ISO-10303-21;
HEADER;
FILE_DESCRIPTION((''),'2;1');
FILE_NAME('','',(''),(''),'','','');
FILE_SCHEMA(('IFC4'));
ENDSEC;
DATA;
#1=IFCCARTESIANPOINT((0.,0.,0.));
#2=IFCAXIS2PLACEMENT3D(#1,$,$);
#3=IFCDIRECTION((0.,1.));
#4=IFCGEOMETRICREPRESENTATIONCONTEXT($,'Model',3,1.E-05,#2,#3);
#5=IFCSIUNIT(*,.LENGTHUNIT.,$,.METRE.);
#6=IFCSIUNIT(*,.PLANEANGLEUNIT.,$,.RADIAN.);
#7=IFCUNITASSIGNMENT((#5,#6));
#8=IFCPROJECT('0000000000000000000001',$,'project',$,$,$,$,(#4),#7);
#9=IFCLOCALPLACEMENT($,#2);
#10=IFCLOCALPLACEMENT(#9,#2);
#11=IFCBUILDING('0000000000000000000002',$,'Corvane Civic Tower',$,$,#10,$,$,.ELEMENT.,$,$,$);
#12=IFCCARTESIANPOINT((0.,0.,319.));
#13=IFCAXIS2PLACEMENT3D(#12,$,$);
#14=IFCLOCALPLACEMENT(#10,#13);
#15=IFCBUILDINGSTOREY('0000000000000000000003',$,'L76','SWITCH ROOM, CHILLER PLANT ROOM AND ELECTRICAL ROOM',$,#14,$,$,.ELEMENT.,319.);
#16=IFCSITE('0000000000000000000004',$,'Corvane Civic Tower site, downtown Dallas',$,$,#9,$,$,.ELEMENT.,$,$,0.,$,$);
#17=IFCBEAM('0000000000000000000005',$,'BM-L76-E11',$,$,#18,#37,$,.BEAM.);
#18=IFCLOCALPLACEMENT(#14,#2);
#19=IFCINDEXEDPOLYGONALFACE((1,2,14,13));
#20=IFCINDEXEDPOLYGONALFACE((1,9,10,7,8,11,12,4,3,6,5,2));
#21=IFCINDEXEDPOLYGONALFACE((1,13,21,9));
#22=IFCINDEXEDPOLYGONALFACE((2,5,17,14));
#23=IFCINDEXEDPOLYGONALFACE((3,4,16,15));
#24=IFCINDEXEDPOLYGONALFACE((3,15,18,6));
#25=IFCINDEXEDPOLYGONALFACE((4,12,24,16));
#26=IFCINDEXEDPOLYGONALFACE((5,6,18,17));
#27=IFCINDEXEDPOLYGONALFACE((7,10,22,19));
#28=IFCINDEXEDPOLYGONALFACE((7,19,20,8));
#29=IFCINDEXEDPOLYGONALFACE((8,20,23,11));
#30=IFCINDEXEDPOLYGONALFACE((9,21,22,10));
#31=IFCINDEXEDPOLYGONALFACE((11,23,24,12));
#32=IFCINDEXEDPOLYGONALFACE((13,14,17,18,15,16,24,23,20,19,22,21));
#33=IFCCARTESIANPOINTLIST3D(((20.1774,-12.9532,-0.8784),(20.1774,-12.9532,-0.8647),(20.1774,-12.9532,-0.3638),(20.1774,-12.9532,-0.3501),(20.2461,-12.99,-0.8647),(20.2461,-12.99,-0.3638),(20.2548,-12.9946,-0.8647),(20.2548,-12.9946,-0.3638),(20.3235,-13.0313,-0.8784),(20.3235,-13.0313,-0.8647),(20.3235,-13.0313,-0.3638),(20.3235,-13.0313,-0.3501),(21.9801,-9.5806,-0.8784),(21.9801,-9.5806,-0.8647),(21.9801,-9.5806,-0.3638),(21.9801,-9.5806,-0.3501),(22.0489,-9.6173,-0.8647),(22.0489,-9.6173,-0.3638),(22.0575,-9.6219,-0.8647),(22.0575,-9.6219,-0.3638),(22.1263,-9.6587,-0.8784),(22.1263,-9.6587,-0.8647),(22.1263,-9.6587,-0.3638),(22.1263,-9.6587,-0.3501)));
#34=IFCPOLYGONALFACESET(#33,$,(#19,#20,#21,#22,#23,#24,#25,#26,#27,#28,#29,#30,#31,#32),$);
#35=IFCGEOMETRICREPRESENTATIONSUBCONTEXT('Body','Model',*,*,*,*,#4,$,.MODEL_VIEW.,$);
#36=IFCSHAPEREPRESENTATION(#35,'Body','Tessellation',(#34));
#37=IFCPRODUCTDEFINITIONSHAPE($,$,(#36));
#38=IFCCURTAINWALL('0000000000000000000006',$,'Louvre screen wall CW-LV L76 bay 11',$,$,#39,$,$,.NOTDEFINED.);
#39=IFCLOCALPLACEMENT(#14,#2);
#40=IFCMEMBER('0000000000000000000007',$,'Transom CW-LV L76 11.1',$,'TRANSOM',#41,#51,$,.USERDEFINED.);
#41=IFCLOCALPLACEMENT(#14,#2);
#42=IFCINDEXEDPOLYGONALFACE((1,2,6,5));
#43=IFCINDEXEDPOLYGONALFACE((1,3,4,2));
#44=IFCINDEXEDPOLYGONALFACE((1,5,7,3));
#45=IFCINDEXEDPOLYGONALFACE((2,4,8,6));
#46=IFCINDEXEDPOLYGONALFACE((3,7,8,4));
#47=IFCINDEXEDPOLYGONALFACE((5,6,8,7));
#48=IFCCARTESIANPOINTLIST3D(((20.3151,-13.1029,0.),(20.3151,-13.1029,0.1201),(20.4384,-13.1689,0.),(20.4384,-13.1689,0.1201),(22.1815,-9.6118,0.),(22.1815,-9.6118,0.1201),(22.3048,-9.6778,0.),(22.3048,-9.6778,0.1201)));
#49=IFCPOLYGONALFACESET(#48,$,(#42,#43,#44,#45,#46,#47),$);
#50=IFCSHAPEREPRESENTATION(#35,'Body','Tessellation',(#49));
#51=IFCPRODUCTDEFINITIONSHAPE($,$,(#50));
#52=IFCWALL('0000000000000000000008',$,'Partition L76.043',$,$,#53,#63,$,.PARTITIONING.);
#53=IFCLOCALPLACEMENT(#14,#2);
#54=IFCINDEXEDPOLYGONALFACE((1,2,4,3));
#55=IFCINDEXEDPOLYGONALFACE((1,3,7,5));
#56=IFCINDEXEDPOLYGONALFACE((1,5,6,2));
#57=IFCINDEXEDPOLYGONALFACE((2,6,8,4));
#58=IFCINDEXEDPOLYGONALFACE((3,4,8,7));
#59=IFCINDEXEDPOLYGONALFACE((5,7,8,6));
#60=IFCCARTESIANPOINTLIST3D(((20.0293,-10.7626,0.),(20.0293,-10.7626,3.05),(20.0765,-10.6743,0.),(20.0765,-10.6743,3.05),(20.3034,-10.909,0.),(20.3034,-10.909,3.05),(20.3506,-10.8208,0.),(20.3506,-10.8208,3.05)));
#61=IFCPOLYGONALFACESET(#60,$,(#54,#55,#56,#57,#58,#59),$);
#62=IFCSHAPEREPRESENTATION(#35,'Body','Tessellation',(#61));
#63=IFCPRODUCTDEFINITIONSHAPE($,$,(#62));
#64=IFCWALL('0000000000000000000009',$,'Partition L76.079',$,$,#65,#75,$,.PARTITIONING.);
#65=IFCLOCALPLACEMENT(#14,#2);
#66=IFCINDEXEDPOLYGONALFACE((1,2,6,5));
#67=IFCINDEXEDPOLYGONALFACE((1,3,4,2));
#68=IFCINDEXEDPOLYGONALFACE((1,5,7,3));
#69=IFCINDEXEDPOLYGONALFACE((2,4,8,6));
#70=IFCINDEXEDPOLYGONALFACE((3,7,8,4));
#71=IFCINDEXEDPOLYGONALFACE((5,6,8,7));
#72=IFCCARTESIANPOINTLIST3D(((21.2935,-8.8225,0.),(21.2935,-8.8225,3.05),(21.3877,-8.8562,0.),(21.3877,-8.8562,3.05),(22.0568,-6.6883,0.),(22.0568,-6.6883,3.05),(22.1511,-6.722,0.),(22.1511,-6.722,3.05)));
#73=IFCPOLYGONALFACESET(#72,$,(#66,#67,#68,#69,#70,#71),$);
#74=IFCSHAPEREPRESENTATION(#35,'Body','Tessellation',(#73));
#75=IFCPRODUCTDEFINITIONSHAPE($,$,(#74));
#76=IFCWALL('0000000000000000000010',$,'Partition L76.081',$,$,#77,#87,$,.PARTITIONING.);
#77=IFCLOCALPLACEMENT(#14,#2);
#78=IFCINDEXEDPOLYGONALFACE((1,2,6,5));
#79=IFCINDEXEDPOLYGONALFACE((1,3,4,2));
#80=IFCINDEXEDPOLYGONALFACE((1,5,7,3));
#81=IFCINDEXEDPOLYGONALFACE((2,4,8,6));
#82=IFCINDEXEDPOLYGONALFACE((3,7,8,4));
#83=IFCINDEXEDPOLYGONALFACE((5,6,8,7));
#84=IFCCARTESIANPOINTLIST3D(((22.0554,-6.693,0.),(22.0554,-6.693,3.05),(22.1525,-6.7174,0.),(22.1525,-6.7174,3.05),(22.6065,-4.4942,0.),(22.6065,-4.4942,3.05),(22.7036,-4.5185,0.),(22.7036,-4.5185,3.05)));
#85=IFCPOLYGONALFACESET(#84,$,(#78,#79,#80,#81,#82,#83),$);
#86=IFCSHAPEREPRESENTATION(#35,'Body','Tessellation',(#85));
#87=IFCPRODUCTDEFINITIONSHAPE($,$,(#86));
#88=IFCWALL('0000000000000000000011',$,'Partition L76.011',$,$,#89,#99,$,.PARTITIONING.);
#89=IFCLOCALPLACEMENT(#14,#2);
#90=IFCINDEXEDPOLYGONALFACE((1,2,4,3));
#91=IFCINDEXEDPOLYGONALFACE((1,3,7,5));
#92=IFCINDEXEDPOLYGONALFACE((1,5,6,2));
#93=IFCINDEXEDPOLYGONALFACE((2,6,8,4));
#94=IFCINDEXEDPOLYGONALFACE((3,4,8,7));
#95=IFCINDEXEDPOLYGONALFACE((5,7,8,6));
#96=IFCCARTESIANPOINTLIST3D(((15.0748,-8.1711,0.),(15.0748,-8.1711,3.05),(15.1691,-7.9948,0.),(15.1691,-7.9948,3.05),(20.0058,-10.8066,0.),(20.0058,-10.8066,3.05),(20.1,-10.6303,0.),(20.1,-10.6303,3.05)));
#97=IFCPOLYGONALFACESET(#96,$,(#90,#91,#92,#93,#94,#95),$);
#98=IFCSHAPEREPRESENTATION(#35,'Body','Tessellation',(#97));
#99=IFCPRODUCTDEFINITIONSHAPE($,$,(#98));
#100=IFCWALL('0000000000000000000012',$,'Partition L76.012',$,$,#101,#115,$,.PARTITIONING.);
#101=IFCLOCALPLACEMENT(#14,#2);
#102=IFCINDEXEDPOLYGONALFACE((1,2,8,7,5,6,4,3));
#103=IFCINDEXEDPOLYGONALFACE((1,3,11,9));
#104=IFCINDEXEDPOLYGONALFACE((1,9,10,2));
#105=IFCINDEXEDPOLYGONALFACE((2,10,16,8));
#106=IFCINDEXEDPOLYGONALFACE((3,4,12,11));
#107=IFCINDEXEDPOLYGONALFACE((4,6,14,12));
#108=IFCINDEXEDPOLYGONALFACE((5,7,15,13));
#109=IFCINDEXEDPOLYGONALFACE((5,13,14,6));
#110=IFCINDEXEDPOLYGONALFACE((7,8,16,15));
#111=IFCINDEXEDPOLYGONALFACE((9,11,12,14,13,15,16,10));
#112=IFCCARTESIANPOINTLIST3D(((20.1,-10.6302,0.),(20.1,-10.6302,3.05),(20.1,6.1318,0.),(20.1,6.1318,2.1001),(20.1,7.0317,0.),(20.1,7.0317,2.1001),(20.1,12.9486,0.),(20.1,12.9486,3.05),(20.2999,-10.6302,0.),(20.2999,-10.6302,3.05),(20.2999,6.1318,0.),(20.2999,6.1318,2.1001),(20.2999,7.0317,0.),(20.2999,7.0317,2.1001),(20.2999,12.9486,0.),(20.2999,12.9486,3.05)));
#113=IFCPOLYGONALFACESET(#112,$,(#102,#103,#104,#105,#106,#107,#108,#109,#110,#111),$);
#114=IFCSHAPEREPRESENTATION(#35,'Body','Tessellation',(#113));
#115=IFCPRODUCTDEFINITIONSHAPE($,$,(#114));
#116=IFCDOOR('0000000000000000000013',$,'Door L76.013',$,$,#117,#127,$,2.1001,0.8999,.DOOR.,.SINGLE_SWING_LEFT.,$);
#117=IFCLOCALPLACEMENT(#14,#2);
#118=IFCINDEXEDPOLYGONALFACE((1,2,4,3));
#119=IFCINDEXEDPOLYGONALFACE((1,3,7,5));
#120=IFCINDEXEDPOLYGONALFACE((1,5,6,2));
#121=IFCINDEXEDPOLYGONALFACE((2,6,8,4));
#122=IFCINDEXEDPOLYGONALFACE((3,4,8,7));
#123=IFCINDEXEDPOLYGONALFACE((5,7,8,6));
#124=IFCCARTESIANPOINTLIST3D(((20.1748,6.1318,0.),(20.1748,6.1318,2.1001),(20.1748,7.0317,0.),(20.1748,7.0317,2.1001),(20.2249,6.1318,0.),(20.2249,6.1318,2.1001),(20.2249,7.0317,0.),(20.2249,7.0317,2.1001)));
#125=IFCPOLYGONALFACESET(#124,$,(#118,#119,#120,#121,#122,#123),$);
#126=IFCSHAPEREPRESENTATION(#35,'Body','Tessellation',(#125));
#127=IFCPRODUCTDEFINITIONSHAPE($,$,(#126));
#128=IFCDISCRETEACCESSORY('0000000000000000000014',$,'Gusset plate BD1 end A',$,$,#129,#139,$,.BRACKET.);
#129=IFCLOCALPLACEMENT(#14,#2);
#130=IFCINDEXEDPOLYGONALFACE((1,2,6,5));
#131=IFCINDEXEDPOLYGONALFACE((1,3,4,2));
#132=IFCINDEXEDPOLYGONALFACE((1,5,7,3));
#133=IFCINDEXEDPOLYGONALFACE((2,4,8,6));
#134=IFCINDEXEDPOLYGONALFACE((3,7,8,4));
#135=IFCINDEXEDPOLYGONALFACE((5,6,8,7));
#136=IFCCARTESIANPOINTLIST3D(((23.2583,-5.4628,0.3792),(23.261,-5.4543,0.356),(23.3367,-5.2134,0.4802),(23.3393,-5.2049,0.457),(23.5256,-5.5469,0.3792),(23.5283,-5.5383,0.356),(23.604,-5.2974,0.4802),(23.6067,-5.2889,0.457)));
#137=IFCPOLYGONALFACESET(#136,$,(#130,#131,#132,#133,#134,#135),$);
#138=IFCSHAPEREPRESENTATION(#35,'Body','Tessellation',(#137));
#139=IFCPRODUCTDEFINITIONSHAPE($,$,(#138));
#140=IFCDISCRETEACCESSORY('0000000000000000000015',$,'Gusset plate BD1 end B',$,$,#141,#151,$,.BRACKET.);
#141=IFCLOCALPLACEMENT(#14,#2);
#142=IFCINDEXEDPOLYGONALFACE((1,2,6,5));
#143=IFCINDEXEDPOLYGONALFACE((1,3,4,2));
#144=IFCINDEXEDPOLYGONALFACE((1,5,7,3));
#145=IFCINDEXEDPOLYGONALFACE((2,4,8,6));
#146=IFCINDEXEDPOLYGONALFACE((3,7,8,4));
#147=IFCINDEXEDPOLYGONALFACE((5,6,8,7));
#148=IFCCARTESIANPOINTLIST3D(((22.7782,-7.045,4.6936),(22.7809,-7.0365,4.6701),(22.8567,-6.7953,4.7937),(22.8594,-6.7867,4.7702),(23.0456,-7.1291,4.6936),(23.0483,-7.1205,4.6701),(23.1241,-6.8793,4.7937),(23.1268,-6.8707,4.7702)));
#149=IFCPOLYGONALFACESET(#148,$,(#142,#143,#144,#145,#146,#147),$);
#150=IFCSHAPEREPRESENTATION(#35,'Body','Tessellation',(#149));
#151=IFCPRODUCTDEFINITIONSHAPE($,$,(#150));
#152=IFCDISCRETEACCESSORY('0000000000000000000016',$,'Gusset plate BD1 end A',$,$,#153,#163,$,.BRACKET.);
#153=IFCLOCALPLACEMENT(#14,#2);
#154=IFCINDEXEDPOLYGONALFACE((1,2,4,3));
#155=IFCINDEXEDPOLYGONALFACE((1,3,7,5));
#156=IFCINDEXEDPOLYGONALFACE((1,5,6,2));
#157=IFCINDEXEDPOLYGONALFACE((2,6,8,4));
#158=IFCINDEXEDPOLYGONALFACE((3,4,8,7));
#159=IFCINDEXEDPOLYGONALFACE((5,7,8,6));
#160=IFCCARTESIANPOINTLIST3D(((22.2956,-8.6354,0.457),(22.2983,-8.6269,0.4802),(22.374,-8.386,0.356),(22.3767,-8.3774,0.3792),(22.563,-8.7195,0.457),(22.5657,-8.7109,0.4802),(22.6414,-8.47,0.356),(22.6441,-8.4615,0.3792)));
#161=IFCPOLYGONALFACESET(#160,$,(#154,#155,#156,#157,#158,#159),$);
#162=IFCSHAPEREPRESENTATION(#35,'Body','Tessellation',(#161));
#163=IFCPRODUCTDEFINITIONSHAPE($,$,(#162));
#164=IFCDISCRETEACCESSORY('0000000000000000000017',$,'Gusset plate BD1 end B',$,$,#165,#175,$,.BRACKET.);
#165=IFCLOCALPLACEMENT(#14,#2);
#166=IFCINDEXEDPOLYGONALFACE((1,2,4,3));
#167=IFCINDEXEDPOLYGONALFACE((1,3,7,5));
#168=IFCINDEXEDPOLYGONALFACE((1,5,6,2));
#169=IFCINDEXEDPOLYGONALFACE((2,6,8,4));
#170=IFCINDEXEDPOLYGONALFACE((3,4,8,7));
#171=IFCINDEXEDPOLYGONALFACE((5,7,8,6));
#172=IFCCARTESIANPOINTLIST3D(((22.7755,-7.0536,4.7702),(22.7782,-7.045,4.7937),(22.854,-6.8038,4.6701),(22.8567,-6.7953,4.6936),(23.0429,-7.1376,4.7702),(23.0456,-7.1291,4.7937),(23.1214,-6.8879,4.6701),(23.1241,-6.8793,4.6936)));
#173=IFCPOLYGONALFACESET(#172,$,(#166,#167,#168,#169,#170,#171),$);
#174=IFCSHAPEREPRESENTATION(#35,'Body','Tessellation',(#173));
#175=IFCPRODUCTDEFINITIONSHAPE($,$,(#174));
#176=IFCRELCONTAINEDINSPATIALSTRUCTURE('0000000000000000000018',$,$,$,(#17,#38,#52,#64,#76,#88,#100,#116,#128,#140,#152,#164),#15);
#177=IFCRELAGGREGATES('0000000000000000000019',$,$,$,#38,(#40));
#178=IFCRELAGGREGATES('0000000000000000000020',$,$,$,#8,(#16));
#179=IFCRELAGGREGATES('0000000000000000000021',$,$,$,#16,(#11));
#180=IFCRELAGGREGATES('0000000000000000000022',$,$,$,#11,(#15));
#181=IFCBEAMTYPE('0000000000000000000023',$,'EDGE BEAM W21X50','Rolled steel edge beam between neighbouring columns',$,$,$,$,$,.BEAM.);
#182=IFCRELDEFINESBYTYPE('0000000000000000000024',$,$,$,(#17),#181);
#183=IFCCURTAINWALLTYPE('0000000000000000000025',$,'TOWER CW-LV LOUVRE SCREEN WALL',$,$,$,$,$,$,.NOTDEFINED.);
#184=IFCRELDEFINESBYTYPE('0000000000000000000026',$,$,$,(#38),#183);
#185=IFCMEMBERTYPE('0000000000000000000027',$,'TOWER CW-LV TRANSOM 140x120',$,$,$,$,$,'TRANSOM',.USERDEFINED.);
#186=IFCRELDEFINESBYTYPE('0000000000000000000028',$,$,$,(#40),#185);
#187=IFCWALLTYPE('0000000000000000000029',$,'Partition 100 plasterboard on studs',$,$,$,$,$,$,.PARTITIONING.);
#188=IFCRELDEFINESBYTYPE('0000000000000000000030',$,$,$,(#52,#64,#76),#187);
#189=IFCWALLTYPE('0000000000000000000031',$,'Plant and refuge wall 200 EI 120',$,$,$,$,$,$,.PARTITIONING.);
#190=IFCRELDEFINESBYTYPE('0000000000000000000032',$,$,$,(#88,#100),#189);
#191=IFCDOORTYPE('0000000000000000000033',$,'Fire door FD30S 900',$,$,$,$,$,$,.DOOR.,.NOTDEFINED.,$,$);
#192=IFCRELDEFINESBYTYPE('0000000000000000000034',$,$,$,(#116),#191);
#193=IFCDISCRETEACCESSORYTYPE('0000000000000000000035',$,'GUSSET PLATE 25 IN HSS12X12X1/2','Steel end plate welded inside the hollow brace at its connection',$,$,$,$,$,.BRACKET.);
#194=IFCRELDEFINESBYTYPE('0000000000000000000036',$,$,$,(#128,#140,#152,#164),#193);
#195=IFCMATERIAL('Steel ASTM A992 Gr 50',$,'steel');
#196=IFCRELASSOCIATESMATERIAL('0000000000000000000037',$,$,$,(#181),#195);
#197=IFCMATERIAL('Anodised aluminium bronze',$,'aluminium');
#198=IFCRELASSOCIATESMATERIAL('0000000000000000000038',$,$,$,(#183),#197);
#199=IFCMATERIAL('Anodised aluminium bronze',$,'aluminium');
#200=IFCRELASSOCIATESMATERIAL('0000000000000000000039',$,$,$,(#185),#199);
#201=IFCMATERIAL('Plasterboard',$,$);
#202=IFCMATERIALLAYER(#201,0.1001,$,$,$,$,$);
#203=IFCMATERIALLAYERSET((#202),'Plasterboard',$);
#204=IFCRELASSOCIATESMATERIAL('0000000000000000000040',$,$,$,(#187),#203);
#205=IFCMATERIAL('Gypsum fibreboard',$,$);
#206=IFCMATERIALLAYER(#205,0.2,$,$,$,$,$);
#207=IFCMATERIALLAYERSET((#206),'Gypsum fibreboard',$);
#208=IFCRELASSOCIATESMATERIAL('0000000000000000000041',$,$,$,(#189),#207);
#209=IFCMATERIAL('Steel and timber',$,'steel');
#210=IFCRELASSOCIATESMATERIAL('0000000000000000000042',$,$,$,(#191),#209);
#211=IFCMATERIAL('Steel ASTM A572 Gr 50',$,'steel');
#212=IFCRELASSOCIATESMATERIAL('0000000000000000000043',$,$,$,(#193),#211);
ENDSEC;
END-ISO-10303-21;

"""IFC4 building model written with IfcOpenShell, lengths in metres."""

from ifc_helpers import new_model, si_unit, direction, frame, frame_2d, origin, origin_2d, place, context, subcontext, project, spatial, rectangle, i_section, extrude, material, layer, layer_set, material_profile, profile_set, type_object, element, fill, aggregate, save


model = new_model("IFC4")

# Units and contexts
model_context = context("Model", 3, precision=1e-05, world=origin(), true_north=direction((0.0, 1.0)))
body_context = subcontext(model_context, "Body", "Model", "MODEL_VIEW")
ifc_project = project(units=[si_unit("LENGTHUNIT", "METRE"), si_unit("PLANEANGLEUNIT", "RADIAN")], contexts=[model_context])

# Site, building, storey
site_placement = place(None, origin())
site = spatial("IfcSite", under=ifc_project, at=site_placement, Name="Corvane Civic Tower site, downtown Dallas", CompositionType="ELEMENT", RefElevation=0.0)
building_placement = place(site_placement, origin())
building = spatial("IfcBuilding", under=site, at=building_placement, Name="Corvane Civic Tower", CompositionType="ELEMENT")
storey_placement = place(building_placement, frame((0.0, 0.0, 319.0)))
storey = spatial("IfcBuildingStorey", under=building, at=storey_placement, Name="L76", Description="SWITCH ROOM, CHILLER PLANT ROOM AND ELECTRICAL ROOM", CompositionType="ELEMENT", Elevation=319.0)

# Beam
ifc_material_1 = material(Name="Steel ASTM A992 Gr 50", Category="steel")
ifc_material_profile_1 = material_profile(ifc_material_1, i_section(OverallWidth=0.1658, OverallDepth=0.5283, WebThickness=0.0098, FlangeThickness=0.0137, at=origin_2d()), Name="W21X50")
ifc_profile_set_1 = profile_set([ifc_material_profile_1], Name="Steel ASTM A992 Gr 50")
beam_type = type_object("IfcBeamType", Name="EDGE BEAM W21X50", Description="Rolled steel edge beam between neighbouring columns", PredefinedType="BEAM", material=ifc_profile_set_1)
beam_placement = place(storey_placement, frame((22.0532, -9.6196, -0.6143), z_axis=(-0.47141, -0.881914, 0.0), x_axis=(0.881914, -0.47141, 0.0)))
element("IfcBeam", 1, at=beam_placement, inside=storey, type_object=beam_type, Name="BM-L76-E11", PredefinedType="BEAM", context=body_context, shape_type="SweptSolid", body=[
    extrude(i_section(OverallWidth=0.1658, OverallDepth=0.5283, WebThickness=0.0098, FlangeThickness=0.0137, at=origin_2d()), origin(), (0.0, 0.0, 1.0), 3.8242),
])

# Curtain wall, member
ifc_material_2 = material(Name="Anodised aluminium bronze", Category="aluminium")
curtain_wall_type = type_object("IfcCurtainWallType", Name="TOWER CW-LV LOUVRE SCREEN WALL", PredefinedType="NOTDEFINED", material=ifc_material_2)
curtain_wall_placement = place(storey_placement, origin())
curtain_wall = element("IfcCurtainWall", 2, at=curtain_wall_placement, inside=storey, type_object=curtain_wall_type, Name="Louvre screen wall CW-LV L76 bay 11", PredefinedType="NOTDEFINED")
ifc_material_3 = material(Name="Anodised aluminium bronze", Category="aluminium")
ifc_material_profile_2 = material_profile(ifc_material_3, rectangle(XDim=0.1399, YDim=0.1201, at=origin_2d()), Name="TOWER CW-LV TRANSOM 140x120")
ifc_profile_set_2 = profile_set([ifc_material_profile_2], Name="Anodised aluminium bronze")
member_type_1 = type_object("IfcMemberType", Name="TOWER CW-LV TRANSOM 140x120", ElementType="TRANSOM", PredefinedType="USERDEFINED", material=ifc_profile_set_2)
member_placement = place(storey_placement, frame((22.2432, -9.6448, 0.0601), z_axis=(-0.471468, -0.881883, 0.0), x_axis=(0.881883, -0.471468, 0.0)))
member = element("IfcMember", 3, at=member_placement, type_object=member_type_1, Name="Transom CW-LV L76 11.1", ObjectType="TRANSOM", PredefinedType="USERDEFINED", context=body_context, shape_type="SweptSolid", body=[
    extrude(rectangle(XDim=0.1399, YDim=0.1201, at=origin_2d()), origin(), (0.0, 0.0, 1.0), 3.9587),
])

# Walls
ifc_material_4 = material(Name="Plasterboard")
ifc_layer_1 = layer(ifc_material_4, 0.1001)
ifc_layer_set_1 = layer_set([ifc_layer_1], Name="Plasterboard")
wall_type_1 = type_object("IfcWallType", Name="Partition 100 plasterboard on studs", PredefinedType="PARTITIONING", material=ifc_layer_set_1)
wall_1_placement = place(storey_placement, frame((20.053, -10.7185, 0.0), z_axis=(0.0, 0.0, 1.0), x_axis=(0.882005, -0.47124, 0.0)))
element("IfcWall", 4, at=wall_1_placement, inside=storey, type_object=wall_type_1, Name="Partition L76.043", PredefinedType="PARTITIONING", context=body_context, shape_type="SweptSolid", body=[
    extrude(rectangle(XDim=0.3108, YDim=0.1001, at=frame_2d((0.1553, 0.0))), origin(), (0.0, 0.0, 1.0), 3.05),
])
wall_2_placement = place(storey_placement, frame((21.3406, -8.8394, 0.0), z_axis=(0.0, 0.0, 1.0), x_axis=(0.3368, 0.941576, 0.0)))
element("IfcWall", 5, at=wall_2_placement, inside=storey, type_object=wall_type_1, Name="Partition L76.079", PredefinedType="PARTITIONING", context=body_context, shape_type="SweptSolid", body=[
    extrude(rectangle(XDim=2.2666, YDim=0.1001, at=frame_2d((1.1333, 0.0))), origin(), (0.0, 0.0, 1.0), 3.05),
])
wall_3_placement = place(storey_placement, frame((22.104, -6.7051, 0.0), z_axis=(0.0, 0.0, 1.0), x_axis=(0.243093, 0.970003, 0.0)))
element("IfcWall", 6, at=wall_3_placement, inside=storey, type_object=wall_type_1, Name="Partition L76.081", PredefinedType="PARTITIONING", context=body_context, shape_type="SweptSolid", body=[
    extrude(rectangle(XDim=2.2668, YDim=0.1001, at=frame_2d((1.1333, 0.0))), origin(), (0.0, 0.0, 1.0), 3.05),
])
ifc_material_5 = material(Name="Gypsum fibreboard")
ifc_layer_2 = layer(ifc_material_5, 0.2)
ifc_layer_set_2 = layer_set([ifc_layer_2], Name="Gypsum fibreboard")
wall_type_2 = type_object("IfcWallType", Name="Plant and refuge wall 200 EI 120", PredefinedType="PARTITIONING", material=ifc_layer_set_2)
wall_4_placement = place(storey_placement, frame((15.1221, -8.083, 0.0), z_axis=(0.0, 0.0, 1.0), x_axis=(0.881931, -0.471379, 0.0)))
element("IfcWall", 7, at=wall_4_placement, inside=storey, type_object=wall_type_2, Name="Partition L76.011", PredefinedType="PARTITIONING", context=body_context, shape_type="SweptSolid", body=[
    extrude(rectangle(XDim=5.5911, YDim=0.2, at=frame_2d((2.7954, 0.0))), origin(), (0.0, 0.0, 1.0), 3.05),
])

# Wall, opening, door
wall_5_placement = place(storey_placement, frame((20.2, -10.6304, 0.0), z_axis=(0.0, 0.0, 1.0), x_axis=(0.0, 1.0, 0.0)))
wall_5 = element("IfcWall", 8, at=wall_5_placement, inside=storey, type_object=wall_type_2, Name="Partition L76.012", PredefinedType="PARTITIONING", context=body_context, shape_type="SweptSolid", body=[
    extrude(rectangle(XDim=23.5789, YDim=0.2, at=frame_2d((11.7896, 0.0))), origin(), (0.0, 0.0, 1.0), 3.05),
])
opening_placement = place(wall_5_placement, frame((16.7622, 0.0, 0.0)))
opening = element("IfcOpeningElement", 9, at=opening_placement, cuts=wall_5, PredefinedType="OPENING", context=body_context, shape_type="SweptSolid", body=[
    extrude(rectangle(XDim=0.8999, YDim=2.1001, at=frame_2d((0.45, 1.05))), frame((0.0, 0.1099, 0.0), z_axis=(0.0, -1.0, 0.0), x_axis=(1.0, 0.0, 0.0)), (0.0, 0.0, 1.0), 0.22),
])
ifc_material_6 = material(Name="Steel and timber", Category="steel")
door_type = type_object("IfcDoorType", Name="Fire door FD30S 900", OperationType="NOTDEFINED", PredefinedType="DOOR", material=ifc_material_6)
door_placement = place(opening_placement, frame((0.8999, 0.0, 0.0), z_axis=(0.0, 0.0, 1.0), x_axis=(-1.0, 0.0, 0.0)))
door = element("IfcDoor", 10, at=door_placement, inside=storey, type_object=door_type, Name="Door L76.013", OperationType="SINGLE_SWING_LEFT", OverallHeight=2.1001, OverallWidth=0.8999, PredefinedType="DOOR", context=body_context, shape_type="SweptSolid", body=[
    extrude(rectangle(XDim=0.8999, YDim=2.1001, at=frame_2d((0.45, 1.05))), frame((0.0, 0.0249, 0.0), z_axis=(0.0, -1.0, 0.0), x_axis=(1.0, 0.0, 0.0)), (0.0, 0.0, 1.0), 0.05),
])
fill(opening, door)

aggregate(curtain_wall, [member])

# Discrete accessories
ifc_material_7 = material(Name="Steel ASTM A572 Gr 50", Category="steel")
ifc_material_profile_3 = material_profile(ifc_material_7, rectangle(XDim=0.2803, YDim=0.2803, at=origin_2d()), Name="GUSSET PLATE 25 IN HSS12X12X1/2")
ifc_profile_set_3 = profile_set([ifc_material_profile_3], Name="Steel ASTM A572 Gr 50")
discrete_accessory_type = type_object("IfcDiscreteAccessoryType", Name="GUSSET PLATE 25 IN HSS12X12X1/2", Description="Steel end plate welded inside the hollow brace at its connection", PredefinedType="BRACKET", material=ifc_profile_set_3)
discrete_accessory_1_placement = place(storey_placement, frame((23.4338, -5.3716, 0.4065), z_axis=(-0.108015, -0.343683, 0.932853), x_axis=(0.953994, -0.299827, 0.0)))
element("IfcDiscreteAccessory", 11, at=discrete_accessory_1_placement, inside=storey, type_object=discrete_accessory_type, Name="Gusset plate BD1 end A", PredefinedType="BRACKET", context=body_context, shape_type="SweptSolid", body=[
    extrude(rectangle(XDim=0.2803, YDim=0.2803, at=origin_2d()), origin(), (0.0, 0.0, 1.0), 0.0249),
])
discrete_accessory_2_placement = place(storey_placement, frame((22.9512, -6.9622, 4.7437), z_axis=(0.107033, 0.340561, -0.93411), x_axis=(-0.953994, 0.299827, 0.0)))
element("IfcDiscreteAccessory", 12, at=discrete_accessory_2_placement, inside=storey, type_object=discrete_accessory_type, Name="Gusset plate BD1 end B", PredefinedType="BRACKET", context=body_context, shape_type="SweptSolid", body=[
    extrude(rectangle(XDim=0.2803, YDim=0.2803, at=origin_2d()), origin(), (0.0, 0.0, 1.0), 0.0251),
])
discrete_accessory_3_placement = place(storey_placement, frame((22.4685, -8.5527, 0.4065), z_axis=(0.108015, 0.343683, 0.932853), x_axis=(-0.953994, 0.299827, 0.0)))
element("IfcDiscreteAccessory", 13, at=discrete_accessory_3_placement, inside=storey, type_object=discrete_accessory_type, Name="Gusset plate BD1 end A", PredefinedType="BRACKET", context=body_context, shape_type="SweptSolid", body=[
    extrude(rectangle(XDim=0.2803, YDim=0.2803, at=origin_2d()), origin(), (0.0, 0.0, 1.0), 0.0249),
])
discrete_accessory_4_placement = place(storey_placement, frame((22.9512, -6.9622, 4.7437), z_axis=(-0.107033, -0.340561, -0.93411), x_axis=(0.953994, -0.299827, 0.0)))
element("IfcDiscreteAccessory", 14, at=discrete_accessory_4_placement, inside=storey, type_object=discrete_accessory_type, Name="Gusset plate BD1 end B", PredefinedType="BRACKET", context=body_context, shape_type="SweptSolid", body=[
    extrude(rectangle(XDim=0.2803, YDim=0.2803, at=origin_2d()), origin(), (0.0, 0.0, 1.0), 0.0251),
])

save(model, "model.ifc")
